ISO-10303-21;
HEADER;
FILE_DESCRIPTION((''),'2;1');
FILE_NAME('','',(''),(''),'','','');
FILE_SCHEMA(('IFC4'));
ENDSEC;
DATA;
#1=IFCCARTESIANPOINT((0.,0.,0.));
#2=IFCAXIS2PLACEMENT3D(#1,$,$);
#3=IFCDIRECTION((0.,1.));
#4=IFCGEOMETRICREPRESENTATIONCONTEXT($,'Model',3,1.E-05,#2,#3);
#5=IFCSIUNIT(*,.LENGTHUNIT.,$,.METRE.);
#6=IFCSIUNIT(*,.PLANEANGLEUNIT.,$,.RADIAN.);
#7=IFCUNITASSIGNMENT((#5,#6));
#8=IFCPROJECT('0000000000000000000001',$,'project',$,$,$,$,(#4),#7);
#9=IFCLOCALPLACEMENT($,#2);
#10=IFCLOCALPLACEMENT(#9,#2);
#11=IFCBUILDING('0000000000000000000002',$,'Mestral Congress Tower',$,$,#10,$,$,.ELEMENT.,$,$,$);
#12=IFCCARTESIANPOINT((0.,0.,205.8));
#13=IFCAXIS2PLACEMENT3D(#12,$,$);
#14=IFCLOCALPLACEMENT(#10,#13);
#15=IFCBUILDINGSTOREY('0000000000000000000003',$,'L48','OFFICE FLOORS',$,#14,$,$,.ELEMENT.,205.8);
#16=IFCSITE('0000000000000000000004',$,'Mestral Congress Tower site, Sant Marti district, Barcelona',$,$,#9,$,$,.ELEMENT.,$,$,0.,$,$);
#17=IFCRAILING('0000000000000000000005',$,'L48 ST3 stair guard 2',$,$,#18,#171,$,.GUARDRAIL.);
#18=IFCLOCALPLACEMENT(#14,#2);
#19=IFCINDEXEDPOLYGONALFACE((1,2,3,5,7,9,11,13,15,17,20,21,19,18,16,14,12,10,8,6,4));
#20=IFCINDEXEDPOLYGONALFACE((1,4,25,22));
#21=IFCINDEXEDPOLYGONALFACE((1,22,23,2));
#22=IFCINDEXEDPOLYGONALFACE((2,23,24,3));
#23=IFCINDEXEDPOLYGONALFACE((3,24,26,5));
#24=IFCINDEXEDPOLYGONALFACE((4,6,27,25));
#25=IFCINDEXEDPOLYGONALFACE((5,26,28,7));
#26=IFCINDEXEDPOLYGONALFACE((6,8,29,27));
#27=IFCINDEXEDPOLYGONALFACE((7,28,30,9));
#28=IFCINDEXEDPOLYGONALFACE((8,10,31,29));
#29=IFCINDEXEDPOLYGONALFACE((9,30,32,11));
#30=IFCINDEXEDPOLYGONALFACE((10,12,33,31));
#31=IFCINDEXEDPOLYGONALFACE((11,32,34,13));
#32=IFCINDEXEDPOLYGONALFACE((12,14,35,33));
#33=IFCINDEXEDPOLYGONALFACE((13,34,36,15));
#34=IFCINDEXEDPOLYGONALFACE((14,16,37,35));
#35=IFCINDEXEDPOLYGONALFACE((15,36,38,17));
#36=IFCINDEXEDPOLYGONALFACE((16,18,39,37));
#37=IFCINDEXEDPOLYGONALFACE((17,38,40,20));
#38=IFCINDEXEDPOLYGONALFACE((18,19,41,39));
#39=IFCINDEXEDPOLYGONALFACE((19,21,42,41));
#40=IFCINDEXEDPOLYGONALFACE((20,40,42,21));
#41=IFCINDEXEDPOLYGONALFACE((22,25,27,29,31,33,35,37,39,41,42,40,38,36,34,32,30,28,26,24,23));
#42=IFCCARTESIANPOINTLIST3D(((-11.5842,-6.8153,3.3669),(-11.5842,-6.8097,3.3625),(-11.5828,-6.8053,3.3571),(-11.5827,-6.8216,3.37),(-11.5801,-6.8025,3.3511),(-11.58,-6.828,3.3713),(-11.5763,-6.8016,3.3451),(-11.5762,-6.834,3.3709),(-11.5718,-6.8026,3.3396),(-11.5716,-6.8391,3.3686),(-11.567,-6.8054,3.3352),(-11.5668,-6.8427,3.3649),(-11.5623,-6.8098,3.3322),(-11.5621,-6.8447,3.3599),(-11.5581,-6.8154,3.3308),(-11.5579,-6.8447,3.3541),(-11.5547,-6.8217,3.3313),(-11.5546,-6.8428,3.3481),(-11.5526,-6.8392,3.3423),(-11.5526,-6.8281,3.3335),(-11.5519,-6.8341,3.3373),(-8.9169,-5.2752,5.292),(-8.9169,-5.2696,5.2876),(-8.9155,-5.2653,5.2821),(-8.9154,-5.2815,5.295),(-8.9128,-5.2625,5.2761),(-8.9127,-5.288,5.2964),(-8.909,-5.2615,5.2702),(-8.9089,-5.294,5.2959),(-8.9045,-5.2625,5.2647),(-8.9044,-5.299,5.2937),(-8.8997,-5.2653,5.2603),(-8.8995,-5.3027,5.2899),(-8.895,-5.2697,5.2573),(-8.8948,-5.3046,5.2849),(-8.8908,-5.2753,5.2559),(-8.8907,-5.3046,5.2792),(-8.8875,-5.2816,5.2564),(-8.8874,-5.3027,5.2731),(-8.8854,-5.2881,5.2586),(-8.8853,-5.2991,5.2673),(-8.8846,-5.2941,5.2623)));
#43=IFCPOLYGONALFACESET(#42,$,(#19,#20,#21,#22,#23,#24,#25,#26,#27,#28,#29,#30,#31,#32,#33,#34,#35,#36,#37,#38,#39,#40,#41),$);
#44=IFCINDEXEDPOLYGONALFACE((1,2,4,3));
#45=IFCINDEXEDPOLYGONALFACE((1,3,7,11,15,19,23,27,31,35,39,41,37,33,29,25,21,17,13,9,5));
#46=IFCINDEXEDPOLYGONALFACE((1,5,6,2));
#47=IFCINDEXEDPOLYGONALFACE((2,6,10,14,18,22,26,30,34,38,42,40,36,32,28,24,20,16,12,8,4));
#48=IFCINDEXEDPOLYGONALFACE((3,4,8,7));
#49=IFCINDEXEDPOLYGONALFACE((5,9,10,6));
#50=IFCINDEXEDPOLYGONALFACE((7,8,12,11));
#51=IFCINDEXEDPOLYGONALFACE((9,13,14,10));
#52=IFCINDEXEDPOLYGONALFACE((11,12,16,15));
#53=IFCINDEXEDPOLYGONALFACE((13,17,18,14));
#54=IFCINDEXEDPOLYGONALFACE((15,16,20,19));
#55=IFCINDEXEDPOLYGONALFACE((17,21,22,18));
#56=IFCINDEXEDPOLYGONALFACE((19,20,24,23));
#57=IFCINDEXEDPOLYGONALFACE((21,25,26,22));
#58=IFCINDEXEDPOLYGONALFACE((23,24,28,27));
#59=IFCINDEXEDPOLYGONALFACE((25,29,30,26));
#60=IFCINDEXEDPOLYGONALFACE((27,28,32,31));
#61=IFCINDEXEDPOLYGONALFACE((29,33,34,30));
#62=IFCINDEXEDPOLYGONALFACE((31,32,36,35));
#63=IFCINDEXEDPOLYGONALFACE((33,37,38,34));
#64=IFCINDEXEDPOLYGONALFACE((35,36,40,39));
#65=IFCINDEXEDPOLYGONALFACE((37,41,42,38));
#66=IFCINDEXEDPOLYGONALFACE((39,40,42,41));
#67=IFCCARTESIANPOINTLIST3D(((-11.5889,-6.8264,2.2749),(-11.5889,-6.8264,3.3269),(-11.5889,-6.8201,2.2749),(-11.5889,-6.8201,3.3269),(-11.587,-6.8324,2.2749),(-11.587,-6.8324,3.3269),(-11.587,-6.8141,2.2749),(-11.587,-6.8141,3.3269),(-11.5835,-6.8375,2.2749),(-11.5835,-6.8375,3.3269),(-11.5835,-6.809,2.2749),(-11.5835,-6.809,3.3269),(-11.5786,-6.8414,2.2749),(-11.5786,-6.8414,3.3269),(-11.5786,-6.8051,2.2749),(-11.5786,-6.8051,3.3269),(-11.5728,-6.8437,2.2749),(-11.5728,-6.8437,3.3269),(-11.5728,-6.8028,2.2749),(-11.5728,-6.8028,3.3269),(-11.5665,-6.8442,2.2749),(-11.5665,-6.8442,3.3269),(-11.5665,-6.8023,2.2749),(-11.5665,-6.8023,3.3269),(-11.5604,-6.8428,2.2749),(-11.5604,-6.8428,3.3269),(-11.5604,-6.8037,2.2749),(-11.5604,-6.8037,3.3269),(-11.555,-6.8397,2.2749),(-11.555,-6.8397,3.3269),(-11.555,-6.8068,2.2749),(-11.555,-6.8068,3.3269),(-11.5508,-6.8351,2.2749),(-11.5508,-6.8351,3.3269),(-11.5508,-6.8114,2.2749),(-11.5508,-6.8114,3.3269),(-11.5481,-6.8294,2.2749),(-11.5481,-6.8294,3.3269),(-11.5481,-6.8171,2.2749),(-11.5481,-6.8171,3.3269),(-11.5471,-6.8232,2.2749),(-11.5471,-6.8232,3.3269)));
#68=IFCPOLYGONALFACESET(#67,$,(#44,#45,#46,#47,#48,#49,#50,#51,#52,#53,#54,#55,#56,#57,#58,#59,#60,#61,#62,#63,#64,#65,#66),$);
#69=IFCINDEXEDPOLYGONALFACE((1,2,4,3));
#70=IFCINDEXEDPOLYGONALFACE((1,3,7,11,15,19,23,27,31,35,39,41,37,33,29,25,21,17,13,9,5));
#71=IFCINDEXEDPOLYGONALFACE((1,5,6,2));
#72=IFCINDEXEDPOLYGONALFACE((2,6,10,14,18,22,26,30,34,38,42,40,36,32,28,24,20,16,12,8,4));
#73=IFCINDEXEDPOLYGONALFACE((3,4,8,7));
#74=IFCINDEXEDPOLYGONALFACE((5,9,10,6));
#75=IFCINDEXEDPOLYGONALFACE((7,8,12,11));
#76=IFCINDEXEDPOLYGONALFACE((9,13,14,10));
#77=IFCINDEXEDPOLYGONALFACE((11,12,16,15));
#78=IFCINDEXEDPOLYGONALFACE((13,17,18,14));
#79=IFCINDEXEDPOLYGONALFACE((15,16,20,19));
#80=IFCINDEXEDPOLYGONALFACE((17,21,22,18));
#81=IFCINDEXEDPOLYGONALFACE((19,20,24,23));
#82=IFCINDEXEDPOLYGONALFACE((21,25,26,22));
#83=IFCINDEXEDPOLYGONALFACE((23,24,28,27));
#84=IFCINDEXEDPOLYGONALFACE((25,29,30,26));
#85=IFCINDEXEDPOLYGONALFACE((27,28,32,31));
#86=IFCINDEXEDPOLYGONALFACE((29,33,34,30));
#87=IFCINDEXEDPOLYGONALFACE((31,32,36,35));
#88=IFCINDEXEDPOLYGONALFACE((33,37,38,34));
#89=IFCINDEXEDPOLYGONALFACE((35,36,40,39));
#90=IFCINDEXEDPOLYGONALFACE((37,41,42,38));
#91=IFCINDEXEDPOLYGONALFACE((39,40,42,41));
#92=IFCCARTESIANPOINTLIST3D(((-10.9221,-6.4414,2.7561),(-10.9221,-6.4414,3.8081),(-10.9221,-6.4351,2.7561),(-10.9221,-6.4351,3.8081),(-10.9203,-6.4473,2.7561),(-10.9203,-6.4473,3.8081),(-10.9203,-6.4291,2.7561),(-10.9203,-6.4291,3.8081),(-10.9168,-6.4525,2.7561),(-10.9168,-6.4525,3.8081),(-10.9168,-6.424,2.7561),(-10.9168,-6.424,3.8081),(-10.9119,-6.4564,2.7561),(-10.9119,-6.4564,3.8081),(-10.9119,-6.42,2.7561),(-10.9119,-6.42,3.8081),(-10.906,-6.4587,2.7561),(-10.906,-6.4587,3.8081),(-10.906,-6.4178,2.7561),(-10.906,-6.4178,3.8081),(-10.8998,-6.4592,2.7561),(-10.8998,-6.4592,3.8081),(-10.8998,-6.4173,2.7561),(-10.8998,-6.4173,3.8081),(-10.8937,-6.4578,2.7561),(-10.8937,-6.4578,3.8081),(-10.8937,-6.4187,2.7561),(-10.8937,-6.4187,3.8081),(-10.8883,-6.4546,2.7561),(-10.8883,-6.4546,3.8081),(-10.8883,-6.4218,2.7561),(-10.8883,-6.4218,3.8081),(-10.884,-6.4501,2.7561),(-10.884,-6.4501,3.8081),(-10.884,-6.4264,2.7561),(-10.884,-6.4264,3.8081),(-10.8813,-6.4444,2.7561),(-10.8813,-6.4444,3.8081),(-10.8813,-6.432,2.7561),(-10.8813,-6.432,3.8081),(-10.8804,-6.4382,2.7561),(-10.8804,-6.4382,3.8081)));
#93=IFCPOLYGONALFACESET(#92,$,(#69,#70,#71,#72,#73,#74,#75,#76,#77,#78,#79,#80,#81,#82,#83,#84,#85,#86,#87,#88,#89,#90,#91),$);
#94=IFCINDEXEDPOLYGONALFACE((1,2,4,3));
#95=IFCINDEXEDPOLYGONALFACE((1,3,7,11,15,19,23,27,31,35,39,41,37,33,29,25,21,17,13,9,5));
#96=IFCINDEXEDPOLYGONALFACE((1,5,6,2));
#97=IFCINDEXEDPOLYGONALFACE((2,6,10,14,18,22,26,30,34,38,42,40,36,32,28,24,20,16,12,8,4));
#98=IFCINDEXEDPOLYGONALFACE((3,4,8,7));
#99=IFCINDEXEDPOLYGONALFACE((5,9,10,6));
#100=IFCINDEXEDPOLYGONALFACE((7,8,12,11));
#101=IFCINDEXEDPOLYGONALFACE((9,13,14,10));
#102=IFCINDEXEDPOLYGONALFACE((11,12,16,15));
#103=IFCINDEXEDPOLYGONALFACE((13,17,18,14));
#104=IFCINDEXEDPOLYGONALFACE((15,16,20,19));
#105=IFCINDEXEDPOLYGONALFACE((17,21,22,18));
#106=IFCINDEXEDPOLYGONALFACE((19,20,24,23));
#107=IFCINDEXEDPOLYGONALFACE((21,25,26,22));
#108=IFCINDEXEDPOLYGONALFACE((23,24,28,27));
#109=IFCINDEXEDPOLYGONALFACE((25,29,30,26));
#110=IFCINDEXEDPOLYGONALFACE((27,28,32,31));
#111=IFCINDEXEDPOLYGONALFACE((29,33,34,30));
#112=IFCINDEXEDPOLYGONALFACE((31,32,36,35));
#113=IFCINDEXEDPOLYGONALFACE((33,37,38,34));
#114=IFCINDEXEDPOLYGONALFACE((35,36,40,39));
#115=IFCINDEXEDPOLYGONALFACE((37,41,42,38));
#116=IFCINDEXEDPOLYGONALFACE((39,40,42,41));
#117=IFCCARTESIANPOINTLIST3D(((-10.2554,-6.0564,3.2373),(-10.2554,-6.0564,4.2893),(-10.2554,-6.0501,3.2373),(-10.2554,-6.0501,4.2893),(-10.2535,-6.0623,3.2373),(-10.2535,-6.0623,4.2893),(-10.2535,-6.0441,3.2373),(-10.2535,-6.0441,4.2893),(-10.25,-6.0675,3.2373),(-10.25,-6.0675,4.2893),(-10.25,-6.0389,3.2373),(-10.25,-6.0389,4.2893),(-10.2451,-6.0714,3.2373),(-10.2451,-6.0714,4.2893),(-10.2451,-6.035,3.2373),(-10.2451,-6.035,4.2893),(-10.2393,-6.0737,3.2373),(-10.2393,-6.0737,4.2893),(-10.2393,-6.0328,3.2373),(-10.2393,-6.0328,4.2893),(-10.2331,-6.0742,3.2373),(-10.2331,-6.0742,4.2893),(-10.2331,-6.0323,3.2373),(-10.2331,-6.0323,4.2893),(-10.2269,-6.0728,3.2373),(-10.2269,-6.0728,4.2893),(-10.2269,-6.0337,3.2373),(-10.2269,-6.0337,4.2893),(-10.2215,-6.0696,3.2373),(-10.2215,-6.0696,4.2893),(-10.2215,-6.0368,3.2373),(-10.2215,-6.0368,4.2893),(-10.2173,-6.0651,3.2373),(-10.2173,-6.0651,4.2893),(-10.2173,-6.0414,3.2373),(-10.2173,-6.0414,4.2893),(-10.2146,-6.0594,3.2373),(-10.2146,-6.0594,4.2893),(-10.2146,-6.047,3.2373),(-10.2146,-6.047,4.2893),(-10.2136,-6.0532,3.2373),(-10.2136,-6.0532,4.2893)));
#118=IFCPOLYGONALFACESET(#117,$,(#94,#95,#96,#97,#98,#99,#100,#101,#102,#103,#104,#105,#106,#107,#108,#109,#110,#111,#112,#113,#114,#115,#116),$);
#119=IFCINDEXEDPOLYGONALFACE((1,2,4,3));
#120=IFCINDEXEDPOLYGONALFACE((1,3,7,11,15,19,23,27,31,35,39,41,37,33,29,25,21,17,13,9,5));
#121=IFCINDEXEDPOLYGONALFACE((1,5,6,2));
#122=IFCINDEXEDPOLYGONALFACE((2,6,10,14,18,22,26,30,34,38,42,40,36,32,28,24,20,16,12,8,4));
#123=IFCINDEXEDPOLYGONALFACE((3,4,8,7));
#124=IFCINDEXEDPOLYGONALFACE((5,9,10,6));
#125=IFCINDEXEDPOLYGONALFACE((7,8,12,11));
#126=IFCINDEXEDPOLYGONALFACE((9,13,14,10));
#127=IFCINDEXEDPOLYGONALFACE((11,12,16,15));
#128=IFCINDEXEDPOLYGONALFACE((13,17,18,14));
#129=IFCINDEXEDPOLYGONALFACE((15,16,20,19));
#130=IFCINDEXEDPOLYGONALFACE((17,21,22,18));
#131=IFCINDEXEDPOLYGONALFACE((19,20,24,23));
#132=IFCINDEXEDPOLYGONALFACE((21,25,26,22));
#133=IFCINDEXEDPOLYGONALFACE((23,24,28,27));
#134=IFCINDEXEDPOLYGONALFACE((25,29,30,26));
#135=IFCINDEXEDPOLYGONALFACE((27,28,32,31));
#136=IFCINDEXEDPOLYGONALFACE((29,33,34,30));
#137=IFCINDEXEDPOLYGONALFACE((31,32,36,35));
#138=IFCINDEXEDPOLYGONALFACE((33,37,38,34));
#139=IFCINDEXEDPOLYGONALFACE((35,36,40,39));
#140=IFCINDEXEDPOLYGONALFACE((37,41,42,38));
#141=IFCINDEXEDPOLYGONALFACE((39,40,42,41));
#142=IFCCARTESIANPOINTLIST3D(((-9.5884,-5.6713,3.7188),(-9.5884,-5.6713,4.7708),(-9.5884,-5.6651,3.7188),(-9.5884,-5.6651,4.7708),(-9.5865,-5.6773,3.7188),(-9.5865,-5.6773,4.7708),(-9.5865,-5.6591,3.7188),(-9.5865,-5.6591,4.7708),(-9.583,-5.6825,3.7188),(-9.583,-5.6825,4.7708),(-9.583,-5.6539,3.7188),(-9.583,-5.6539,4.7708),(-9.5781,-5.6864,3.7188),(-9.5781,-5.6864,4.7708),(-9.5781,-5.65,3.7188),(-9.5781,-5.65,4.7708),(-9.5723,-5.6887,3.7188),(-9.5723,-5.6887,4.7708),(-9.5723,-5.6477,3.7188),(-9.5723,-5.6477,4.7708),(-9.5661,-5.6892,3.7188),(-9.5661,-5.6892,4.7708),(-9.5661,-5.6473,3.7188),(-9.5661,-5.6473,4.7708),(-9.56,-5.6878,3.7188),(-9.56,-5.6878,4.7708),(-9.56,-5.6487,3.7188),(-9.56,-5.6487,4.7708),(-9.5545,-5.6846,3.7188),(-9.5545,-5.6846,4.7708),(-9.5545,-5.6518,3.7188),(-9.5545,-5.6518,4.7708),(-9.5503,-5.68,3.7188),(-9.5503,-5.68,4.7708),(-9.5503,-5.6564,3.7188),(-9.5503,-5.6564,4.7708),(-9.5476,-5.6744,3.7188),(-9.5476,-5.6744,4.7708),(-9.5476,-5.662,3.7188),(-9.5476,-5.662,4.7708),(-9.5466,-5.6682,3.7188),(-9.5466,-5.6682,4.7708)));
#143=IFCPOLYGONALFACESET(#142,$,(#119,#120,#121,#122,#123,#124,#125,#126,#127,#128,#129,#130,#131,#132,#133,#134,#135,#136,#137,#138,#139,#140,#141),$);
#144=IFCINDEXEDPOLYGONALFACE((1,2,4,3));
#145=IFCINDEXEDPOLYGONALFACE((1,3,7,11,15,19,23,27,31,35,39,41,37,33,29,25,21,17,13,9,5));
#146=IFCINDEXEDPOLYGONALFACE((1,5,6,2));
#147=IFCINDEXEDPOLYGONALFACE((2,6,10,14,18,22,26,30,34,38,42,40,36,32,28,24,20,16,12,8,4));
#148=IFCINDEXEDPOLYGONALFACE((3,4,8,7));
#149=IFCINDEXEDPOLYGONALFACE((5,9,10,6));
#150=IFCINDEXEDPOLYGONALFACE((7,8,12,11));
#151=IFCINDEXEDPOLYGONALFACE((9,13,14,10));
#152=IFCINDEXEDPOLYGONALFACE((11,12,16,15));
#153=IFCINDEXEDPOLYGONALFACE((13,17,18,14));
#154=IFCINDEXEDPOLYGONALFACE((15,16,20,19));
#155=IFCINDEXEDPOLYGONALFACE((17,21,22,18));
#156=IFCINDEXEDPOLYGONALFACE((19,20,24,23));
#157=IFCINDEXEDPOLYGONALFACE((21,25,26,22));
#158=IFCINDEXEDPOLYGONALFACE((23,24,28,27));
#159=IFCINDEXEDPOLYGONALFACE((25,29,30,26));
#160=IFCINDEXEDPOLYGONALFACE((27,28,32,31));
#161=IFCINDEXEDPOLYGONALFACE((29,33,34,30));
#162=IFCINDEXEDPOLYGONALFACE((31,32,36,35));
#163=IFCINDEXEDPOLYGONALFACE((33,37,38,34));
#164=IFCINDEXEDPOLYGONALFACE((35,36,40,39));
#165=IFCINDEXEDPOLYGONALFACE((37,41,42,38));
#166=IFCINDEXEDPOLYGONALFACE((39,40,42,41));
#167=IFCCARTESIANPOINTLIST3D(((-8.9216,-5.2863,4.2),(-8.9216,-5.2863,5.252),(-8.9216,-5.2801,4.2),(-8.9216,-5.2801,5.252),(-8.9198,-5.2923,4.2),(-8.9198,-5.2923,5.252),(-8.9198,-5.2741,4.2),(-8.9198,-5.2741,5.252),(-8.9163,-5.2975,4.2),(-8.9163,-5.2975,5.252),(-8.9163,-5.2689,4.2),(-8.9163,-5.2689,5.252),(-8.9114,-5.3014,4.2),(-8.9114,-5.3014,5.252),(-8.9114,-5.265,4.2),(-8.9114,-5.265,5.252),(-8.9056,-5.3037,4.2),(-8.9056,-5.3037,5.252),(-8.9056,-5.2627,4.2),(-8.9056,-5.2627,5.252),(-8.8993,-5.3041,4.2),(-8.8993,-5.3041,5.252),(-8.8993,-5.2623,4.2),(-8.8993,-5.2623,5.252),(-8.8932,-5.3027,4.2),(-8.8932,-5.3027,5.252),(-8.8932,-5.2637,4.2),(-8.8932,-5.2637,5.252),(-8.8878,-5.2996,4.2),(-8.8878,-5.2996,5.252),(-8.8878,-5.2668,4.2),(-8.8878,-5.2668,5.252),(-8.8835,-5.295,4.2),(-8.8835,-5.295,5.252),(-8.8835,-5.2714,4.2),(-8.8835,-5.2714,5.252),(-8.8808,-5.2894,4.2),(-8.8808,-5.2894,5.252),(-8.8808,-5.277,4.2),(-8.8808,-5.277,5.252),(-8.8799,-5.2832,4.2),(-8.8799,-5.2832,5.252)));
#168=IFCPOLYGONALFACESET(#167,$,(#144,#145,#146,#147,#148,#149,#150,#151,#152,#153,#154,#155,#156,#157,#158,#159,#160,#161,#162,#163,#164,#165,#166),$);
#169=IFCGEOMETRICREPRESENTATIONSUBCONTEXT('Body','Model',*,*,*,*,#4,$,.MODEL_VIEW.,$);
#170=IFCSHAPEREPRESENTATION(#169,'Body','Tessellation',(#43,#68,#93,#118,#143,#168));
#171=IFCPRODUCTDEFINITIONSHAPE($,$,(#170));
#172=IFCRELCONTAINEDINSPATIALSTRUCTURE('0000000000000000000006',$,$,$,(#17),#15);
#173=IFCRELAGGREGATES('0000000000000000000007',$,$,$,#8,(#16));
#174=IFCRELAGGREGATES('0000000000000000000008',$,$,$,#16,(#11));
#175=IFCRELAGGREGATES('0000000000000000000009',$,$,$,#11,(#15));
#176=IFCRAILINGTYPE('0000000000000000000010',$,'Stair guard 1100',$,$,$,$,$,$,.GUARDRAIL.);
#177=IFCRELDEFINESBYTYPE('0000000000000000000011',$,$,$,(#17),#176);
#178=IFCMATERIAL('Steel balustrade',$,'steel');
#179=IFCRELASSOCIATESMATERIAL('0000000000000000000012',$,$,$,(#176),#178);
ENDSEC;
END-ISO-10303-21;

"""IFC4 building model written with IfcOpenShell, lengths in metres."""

from ifc_helpers import new_model, si_unit, direction, frame, origin, origin_2d, place, context, subcontext, project, spatial, circle, extrude, material, type_object, element, save


model = new_model("IFC4")

# Units and contexts
model_context = context("Model", 3, precision=1e-05, world=origin(), true_north=direction((0.0, 1.0)))
body_context = subcontext(model_context, "Body", "Model", "MODEL_VIEW")
ifc_project = project(units=[si_unit("LENGTHUNIT", "METRE"), si_unit("PLANEANGLEUNIT", "RADIAN")], contexts=[model_context])

# Site, building, storey
site_placement = place(None, origin())
site = spatial("IfcSite", under=ifc_project, at=site_placement, Name="Mestral Congress Tower site, Sant Marti district, Barcelona", CompositionType="ELEMENT", RefElevation=0.0)
building_placement = place(site_placement, origin())
building = spatial("IfcBuilding", under=site, at=building_placement, Name="Mestral Congress Tower", CompositionType="ELEMENT")
storey_placement = place(building_placement, frame((0.0, 0.0, 205.8)))
storey = spatial("IfcBuildingStorey", under=building, at=storey_placement, Name="L48", Description="OFFICE FLOORS", CompositionType="ELEMENT", Elevation=205.8)

# Railing
ifc_material_1 = material(Name="Steel balustrade", Category="steel")
railing_type_1 = type_object("IfcRailingType", Name="Stair guard 1100", PredefinedType="GUARDRAIL", material=ifc_material_1)
railing_1_placement = place(storey_placement, frame((-11.5681, -6.8232, 2.2749)))
element("IfcRailing", 1, at=railing_1_placement, inside=storey, type_object=railing_type_1, Name="L48 ST3 stair guard 2", PredefinedType="GUARDRAIL", context=body_context, shape_type="SweptSolid", body=[
    extrude(circle(Radius=0.0239, at=origin_2d()), frame((0.0, 0.0, 1.0762), z_axis=(0.734364, 0.424015, 0.530019), x_axis=(-0.500027, 0.86601, 0.0)), (0.0, 0.0, 1.0), 3.6321),
    extrude(circle(Radius=0.021, at=origin_2d()), origin(), (0.0, 0.0, 1.0), 1.052),
    extrude(circle(Radius=0.021, at=origin_2d()), frame((0.6667, 0.385, 0.4812)), (0.0, 0.0, 1.0), 1.052),
    extrude(circle(Radius=0.021, at=origin_2d()), frame((1.3335, 0.77, 0.9624)), (0.0, 0.0, 1.0), 1.052),
    extrude(circle(Radius=0.021, at=origin_2d()), frame((2.0005, 1.155, 1.4438)), (0.0, 0.0, 1.0), 1.052),
    extrude(circle(Radius=0.021, at=origin_2d()), frame((2.6672, 1.54, 1.925)), (0.0, 0.0, 1.0), 1.052),
])

save(model, "model.ifc")
